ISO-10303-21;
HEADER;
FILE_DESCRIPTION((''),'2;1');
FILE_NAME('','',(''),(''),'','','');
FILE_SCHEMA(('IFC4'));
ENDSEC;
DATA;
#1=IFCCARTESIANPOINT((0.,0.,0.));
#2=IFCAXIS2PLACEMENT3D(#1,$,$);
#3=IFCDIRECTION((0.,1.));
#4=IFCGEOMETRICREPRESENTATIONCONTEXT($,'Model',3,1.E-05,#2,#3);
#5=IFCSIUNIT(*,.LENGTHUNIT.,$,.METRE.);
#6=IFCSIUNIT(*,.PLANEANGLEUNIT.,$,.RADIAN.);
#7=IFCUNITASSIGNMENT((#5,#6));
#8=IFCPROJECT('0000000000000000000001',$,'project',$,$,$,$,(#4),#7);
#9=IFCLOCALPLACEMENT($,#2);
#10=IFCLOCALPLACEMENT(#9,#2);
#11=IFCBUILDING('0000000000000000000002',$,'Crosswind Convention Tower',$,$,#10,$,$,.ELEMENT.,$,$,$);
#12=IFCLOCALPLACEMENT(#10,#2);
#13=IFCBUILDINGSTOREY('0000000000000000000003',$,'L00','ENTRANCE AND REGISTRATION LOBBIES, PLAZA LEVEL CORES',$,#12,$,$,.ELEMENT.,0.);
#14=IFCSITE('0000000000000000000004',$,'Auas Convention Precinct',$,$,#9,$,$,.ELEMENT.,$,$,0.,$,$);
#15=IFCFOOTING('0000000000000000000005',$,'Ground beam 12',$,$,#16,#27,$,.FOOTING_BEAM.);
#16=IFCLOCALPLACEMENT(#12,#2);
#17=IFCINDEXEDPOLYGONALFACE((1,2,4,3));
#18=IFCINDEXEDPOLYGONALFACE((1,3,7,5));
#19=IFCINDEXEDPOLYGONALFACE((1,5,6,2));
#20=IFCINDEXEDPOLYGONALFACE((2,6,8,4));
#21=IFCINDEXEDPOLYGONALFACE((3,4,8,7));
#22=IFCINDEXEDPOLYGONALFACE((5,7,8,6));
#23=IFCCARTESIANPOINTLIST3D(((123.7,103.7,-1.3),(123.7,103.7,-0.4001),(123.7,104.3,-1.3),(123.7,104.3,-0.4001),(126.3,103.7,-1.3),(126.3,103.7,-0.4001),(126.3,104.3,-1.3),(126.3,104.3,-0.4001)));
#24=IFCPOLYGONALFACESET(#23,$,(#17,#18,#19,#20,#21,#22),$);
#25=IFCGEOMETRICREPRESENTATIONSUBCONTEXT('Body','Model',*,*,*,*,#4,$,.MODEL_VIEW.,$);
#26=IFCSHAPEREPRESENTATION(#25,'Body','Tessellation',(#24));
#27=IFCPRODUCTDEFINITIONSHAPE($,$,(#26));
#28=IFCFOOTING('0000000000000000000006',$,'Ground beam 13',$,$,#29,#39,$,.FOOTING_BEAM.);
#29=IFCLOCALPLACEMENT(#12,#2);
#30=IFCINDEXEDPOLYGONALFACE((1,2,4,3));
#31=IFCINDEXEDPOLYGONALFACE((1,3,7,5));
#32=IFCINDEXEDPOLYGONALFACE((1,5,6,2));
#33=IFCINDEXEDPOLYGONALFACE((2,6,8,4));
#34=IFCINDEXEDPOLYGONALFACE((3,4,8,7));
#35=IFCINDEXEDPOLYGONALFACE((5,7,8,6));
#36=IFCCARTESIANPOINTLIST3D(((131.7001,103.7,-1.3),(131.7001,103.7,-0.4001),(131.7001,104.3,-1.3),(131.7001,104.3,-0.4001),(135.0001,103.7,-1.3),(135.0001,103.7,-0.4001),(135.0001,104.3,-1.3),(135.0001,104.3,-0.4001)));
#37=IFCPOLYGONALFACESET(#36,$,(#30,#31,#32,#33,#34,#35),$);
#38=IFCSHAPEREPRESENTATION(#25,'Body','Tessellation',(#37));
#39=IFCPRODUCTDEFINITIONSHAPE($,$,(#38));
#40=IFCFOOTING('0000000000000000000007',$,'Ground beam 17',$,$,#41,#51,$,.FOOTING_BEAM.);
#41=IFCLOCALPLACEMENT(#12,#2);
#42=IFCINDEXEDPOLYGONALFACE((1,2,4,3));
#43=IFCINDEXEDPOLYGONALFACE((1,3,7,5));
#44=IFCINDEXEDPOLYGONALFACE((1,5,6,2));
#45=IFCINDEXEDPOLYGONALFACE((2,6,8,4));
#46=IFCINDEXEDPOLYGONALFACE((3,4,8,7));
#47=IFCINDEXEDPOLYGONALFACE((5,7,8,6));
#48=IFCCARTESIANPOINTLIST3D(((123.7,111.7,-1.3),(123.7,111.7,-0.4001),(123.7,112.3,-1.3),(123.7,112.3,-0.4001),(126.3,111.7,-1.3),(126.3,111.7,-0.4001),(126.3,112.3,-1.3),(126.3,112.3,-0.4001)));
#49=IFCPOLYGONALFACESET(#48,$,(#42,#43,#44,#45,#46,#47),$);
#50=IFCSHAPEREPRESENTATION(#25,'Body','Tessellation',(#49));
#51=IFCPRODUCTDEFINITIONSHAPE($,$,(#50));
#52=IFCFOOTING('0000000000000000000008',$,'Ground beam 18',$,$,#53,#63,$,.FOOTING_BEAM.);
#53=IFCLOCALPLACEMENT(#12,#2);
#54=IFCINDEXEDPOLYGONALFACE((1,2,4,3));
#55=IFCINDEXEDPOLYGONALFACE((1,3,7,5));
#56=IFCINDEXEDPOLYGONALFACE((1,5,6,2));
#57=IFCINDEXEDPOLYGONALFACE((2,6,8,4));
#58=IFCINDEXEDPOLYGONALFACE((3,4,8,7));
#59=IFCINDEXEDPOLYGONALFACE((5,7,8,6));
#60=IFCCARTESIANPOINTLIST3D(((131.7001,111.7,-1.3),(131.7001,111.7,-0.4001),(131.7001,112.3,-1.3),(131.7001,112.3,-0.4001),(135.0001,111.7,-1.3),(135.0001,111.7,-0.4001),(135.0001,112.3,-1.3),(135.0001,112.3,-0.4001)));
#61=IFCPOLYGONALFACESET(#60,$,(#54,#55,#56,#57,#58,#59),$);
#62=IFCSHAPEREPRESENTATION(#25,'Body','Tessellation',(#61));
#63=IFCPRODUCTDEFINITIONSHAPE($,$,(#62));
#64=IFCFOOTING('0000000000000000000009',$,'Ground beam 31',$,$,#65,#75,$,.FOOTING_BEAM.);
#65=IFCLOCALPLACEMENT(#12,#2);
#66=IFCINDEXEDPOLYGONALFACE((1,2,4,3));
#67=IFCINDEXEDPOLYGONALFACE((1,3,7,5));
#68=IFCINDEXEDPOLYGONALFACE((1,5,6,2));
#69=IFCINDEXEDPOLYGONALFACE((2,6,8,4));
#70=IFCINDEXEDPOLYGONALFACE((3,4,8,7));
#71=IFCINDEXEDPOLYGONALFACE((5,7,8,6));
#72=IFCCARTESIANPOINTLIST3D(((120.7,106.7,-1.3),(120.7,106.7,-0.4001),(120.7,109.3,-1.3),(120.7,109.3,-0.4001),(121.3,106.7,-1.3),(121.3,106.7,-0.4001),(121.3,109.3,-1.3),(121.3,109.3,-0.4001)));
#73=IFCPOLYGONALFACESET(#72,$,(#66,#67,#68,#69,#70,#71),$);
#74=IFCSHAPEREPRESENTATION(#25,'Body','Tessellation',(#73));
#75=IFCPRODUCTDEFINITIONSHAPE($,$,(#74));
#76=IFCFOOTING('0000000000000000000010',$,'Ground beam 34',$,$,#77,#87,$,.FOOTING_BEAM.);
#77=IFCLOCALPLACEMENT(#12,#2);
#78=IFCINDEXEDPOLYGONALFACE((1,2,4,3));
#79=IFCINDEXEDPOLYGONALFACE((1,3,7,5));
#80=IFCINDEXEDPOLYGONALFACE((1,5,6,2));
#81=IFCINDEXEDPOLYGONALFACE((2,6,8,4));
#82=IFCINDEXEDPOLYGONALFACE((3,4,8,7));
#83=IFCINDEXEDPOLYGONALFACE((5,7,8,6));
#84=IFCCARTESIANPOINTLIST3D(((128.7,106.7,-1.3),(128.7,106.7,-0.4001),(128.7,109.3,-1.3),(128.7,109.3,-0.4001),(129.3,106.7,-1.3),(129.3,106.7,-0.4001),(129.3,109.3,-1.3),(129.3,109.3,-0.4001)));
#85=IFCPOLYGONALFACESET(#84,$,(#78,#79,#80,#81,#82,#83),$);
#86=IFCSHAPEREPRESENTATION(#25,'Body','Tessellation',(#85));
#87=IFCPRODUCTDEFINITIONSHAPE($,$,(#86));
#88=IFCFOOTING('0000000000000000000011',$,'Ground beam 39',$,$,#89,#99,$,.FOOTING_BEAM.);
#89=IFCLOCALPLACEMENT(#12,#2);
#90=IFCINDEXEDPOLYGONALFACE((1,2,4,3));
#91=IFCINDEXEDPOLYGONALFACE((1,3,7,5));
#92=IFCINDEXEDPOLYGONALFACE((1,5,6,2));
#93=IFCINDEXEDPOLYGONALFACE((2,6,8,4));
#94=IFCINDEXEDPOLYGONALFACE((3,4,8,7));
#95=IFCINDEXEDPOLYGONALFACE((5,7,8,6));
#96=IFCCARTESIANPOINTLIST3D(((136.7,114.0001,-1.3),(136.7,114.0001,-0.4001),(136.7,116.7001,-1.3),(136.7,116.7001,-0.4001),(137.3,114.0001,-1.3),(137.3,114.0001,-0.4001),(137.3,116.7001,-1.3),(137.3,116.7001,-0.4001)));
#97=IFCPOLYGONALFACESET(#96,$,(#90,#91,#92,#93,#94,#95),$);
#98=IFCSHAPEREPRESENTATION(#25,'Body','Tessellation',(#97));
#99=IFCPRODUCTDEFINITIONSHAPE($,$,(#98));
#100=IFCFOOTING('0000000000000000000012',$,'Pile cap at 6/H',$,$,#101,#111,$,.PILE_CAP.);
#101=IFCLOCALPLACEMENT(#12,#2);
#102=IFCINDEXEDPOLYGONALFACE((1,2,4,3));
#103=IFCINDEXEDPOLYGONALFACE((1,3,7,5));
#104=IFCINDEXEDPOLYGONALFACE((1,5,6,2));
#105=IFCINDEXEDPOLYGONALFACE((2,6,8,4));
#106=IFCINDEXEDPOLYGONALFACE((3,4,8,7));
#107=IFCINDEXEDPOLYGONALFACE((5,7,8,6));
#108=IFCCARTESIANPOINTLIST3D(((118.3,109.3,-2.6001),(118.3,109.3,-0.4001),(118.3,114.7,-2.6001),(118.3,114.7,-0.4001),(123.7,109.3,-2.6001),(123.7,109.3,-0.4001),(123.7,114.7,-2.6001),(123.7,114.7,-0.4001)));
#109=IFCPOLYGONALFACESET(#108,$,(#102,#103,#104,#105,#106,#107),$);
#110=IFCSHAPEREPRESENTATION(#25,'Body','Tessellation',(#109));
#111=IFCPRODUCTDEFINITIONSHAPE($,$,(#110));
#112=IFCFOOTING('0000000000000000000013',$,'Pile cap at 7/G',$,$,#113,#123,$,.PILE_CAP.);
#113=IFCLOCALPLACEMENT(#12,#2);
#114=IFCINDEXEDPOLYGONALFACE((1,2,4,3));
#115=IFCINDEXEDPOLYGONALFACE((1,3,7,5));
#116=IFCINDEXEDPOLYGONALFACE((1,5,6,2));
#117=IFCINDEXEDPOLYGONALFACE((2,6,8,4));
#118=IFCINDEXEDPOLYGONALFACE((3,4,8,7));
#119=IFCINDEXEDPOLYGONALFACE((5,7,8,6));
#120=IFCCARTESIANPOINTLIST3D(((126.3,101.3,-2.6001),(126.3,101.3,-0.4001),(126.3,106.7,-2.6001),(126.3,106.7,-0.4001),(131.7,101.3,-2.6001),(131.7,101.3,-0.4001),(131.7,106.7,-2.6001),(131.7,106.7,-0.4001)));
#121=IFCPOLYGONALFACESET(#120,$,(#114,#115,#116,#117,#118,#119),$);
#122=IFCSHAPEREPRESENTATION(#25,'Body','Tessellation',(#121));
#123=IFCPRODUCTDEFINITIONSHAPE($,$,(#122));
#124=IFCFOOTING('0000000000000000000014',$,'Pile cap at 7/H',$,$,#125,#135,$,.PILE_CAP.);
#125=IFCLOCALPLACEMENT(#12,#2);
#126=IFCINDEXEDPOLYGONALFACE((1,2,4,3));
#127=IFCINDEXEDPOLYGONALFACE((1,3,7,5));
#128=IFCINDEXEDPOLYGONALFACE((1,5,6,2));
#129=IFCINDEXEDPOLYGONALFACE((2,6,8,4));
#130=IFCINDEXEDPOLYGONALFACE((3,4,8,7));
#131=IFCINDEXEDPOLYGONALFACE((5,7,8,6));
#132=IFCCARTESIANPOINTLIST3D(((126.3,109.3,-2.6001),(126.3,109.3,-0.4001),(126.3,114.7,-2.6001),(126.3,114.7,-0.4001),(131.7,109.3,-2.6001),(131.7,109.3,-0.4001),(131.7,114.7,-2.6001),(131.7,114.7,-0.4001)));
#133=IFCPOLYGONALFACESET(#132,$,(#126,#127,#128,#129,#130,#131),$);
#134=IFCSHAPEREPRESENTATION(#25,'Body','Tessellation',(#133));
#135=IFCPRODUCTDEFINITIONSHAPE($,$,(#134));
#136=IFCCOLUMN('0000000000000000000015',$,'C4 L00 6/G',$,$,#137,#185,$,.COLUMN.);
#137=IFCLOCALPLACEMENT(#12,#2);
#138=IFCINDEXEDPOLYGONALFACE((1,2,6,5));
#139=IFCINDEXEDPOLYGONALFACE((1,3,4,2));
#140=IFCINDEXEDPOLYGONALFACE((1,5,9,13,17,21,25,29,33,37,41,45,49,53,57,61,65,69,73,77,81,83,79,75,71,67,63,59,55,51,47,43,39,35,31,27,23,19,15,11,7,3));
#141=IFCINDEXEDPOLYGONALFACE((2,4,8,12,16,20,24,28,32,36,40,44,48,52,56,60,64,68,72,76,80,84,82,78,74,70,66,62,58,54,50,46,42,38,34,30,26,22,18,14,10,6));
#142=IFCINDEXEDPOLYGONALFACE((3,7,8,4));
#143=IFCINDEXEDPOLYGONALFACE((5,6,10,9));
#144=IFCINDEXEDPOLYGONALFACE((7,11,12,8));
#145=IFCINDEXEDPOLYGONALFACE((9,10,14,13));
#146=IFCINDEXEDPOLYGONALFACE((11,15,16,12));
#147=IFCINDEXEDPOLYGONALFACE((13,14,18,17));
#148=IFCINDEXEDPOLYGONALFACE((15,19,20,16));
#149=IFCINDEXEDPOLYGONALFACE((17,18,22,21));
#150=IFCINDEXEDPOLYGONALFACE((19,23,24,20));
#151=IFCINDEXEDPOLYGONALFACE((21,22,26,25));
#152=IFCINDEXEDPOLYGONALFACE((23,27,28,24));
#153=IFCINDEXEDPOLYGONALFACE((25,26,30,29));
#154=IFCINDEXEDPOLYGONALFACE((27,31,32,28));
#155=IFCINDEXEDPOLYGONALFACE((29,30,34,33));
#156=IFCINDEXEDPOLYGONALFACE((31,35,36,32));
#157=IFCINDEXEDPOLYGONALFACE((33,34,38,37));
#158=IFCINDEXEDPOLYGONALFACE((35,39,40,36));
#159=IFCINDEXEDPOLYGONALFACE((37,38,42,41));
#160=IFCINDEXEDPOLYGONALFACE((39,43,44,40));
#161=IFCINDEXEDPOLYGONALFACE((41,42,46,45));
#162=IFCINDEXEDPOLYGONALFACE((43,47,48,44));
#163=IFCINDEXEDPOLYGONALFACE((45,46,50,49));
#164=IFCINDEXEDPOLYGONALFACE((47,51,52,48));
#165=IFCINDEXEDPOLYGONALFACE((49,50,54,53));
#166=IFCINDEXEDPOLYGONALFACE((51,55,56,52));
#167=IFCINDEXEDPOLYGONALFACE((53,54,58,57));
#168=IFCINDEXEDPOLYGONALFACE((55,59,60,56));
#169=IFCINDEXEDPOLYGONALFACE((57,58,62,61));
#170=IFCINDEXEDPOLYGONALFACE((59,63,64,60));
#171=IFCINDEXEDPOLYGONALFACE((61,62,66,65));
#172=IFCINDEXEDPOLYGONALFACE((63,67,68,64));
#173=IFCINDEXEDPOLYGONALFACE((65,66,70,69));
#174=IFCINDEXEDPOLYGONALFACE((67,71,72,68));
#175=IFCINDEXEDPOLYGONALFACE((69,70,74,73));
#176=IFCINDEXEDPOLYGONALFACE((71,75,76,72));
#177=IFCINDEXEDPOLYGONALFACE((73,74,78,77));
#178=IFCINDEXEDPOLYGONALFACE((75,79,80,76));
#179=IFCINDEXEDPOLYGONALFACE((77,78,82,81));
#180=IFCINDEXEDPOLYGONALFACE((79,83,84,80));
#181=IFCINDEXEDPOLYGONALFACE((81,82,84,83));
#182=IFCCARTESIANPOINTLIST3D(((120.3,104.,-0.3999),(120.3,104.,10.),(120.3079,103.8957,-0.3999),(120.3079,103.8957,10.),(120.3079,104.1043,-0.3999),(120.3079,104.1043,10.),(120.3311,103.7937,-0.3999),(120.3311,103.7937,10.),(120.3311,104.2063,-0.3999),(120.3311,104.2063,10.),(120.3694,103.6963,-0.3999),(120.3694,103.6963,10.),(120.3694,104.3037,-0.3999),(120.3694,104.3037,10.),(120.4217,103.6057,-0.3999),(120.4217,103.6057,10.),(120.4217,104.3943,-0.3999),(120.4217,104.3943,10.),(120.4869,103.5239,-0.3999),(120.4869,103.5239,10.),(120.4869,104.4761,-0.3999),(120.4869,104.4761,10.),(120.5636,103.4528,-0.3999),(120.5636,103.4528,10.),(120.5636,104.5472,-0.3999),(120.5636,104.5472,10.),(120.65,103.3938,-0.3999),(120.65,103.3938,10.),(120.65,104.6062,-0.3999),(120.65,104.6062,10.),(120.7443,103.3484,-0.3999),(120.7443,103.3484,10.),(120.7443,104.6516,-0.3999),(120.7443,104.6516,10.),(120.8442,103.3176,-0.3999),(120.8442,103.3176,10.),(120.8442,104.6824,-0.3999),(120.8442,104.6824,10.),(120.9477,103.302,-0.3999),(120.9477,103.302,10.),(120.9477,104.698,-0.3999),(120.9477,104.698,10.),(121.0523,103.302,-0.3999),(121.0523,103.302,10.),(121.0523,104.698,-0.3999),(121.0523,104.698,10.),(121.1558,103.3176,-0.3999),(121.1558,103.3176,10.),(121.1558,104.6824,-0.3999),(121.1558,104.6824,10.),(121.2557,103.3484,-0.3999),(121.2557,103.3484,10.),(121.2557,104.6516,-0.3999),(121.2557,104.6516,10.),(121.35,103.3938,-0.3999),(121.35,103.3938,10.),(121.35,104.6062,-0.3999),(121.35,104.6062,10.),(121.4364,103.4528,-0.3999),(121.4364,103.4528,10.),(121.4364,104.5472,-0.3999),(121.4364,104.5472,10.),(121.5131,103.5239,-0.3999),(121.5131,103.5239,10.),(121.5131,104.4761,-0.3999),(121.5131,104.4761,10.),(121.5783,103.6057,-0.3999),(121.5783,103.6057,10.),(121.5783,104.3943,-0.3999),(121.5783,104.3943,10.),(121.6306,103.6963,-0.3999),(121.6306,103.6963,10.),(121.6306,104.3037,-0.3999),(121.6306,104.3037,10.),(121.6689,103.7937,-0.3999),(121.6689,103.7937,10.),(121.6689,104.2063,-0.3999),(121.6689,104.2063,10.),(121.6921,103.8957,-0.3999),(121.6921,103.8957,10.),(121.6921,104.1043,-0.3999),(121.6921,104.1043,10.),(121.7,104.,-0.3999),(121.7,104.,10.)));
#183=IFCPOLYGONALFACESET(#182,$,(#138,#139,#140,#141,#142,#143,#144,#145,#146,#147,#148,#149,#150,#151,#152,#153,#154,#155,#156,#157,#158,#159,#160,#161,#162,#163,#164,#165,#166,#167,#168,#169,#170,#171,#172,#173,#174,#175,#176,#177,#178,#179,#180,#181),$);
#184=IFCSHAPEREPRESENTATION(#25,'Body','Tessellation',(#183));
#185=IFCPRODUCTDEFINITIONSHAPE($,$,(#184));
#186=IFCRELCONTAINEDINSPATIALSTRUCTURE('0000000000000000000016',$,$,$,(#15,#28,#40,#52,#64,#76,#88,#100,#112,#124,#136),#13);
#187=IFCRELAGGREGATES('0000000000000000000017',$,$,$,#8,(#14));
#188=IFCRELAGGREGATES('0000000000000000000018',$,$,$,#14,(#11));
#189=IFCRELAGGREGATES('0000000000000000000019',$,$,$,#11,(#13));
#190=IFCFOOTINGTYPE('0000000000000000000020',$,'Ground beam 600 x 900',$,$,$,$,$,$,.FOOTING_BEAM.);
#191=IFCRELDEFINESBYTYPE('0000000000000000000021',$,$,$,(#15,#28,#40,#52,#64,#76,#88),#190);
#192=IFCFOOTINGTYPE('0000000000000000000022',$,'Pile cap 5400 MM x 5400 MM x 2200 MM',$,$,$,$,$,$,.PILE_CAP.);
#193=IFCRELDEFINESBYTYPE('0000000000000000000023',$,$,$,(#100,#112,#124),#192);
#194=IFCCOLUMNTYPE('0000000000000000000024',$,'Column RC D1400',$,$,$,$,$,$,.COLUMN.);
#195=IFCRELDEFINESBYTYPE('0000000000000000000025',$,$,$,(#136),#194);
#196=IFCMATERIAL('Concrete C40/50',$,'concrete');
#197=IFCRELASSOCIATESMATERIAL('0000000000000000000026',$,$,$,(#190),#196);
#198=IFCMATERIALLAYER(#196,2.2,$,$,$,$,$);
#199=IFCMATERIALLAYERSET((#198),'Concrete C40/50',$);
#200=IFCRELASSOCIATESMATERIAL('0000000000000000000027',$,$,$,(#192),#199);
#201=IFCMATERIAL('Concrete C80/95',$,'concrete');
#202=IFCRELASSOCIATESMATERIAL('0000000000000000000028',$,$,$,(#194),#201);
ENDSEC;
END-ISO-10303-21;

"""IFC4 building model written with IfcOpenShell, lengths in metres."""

from ifc_helpers import new_model, si_unit, direction, frame, origin, origin_2d, place, context, subcontext, project, spatial, rectangle, circle, extrude, material, layer, layer_set, material_profile, profile_set, type_object, element, save


model = new_model("IFC4")

# Units and contexts
model_context = context("Model", 3, precision=1e-05, world=origin(), true_north=direction((0.0, 1.0)))
body_context = subcontext(model_context, "Body", "Model", "MODEL_VIEW")
ifc_project = project(units=[si_unit("LENGTHUNIT", "METRE"), si_unit("PLANEANGLEUNIT", "RADIAN")], contexts=[model_context])

# Site, building, storey
site_placement = place(None, origin())
site = spatial("IfcSite", under=ifc_project, at=site_placement, Name="Auas Convention Precinct", CompositionType="ELEMENT", RefElevation=0.0)
building_placement = place(site_placement, origin())
building = spatial("IfcBuilding", under=site, at=building_placement, Name="Crosswind Convention Tower", CompositionType="ELEMENT")
storey_placement = place(building_placement, origin())
storey = spatial("IfcBuildingStorey", under=building, at=storey_placement, Name="L00", Description="ENTRANCE AND REGISTRATION LOBBIES, PLAZA LEVEL CORES", CompositionType="ELEMENT", Elevation=0.0)

# Shared definitions
ifc_material_1 = material(Name="Concrete C40/50", Category="concrete")

# Footings
footing_type_1 = type_object("IfcFootingType", Name="Ground beam 600 x 900", PredefinedType="FOOTING_BEAM", material=ifc_material_1)
footing_1_placement = place(storey_placement, frame((125.0, 104.0, -1.3), z_axis=(0.0, 0.0, 1.0), x_axis=(1.0, 0.0, 0.0)))
element("IfcFooting", 1, at=footing_1_placement, inside=storey, type_object=footing_type_1, Name="Ground beam 12", PredefinedType="FOOTING_BEAM", context=body_context, shape_type="SweptSolid", body=[
    extrude(rectangle(XDim=2.6001, YDim=0.6001, at=origin_2d()), origin(), (0.0, 0.0, 1.0), 0.8999),
])
footing_2_placement = place(storey_placement, frame((133.3501, 104.0, -1.3), z_axis=(0.0, 0.0, 1.0), x_axis=(1.0, 0.0, 0.0)))
element("IfcFooting", 2, at=footing_2_placement, inside=storey, type_object=footing_type_1, Name="Ground beam 13", PredefinedType="FOOTING_BEAM", context=body_context, shape_type="SweptSolid", body=[
    extrude(rectangle(XDim=3.3, YDim=0.6001, at=origin_2d()), origin(), (0.0, 0.0, 1.0), 0.8999),
])
footing_3_placement = place(storey_placement, frame((125.0, 112.0, -1.3), z_axis=(0.0, 0.0, 1.0), x_axis=(1.0, 0.0, 0.0)))
element("IfcFooting", 3, at=footing_3_placement, inside=storey, type_object=footing_type_1, Name="Ground beam 17", PredefinedType="FOOTING_BEAM", context=body_context, shape_type="SweptSolid", body=[
    extrude(rectangle(XDim=2.6001, YDim=0.6001, at=origin_2d()), origin(), (0.0, 0.0, 1.0), 0.8999),
])
footing_4_placement = place(storey_placement, frame((133.3501, 112.0, -1.3), z_axis=(0.0, 0.0, 1.0), x_axis=(1.0, 0.0, 0.0)))
element("IfcFooting", 4, at=footing_4_placement, inside=storey, type_object=footing_type_1, Name="Ground beam 18", PredefinedType="FOOTING_BEAM", context=body_context, shape_type="SweptSolid", body=[
    extrude(rectangle(XDim=3.3, YDim=0.6001, at=origin_2d()), origin(), (0.0, 0.0, 1.0), 0.8999),
])
for number, where, z_axis, x_axis, name in (
    (5, (121.0, 108.0, -1.3), (0.0, 0.0, 1.0), (1.0, 0.0, 0.0), "Ground beam 31"),
    (6, (129.0, 108.0, -1.3), (0.0, 0.0, 1.0), (1.0, 0.0, 0.0), "Ground beam 34"),
):
    element("IfcFooting", number, at=place(storey_placement, frame(where, z_axis=z_axis, x_axis=x_axis)), inside=storey, type_object=footing_type_1, Name=name, PredefinedType="FOOTING_BEAM", context=body_context, shape_type="SweptSolid", body=[
        extrude(rectangle(XDim=0.6001, YDim=2.6001, at=origin_2d()), origin(), (0.0, 0.0, 1.0), 0.8999),
    ])
footing_5_placement = place(storey_placement, frame((137.0, 115.3501, -1.3), z_axis=(0.0, 0.0, 1.0), x_axis=(1.0, 0.0, 0.0)))
element("IfcFooting", 7, at=footing_5_placement, inside=storey, type_object=footing_type_1, Name="Ground beam 39", PredefinedType="FOOTING_BEAM", context=body_context, shape_type="SweptSolid", body=[
    extrude(rectangle(XDim=0.6001, YDim=2.7, at=origin_2d()), origin(), (0.0, 0.0, 1.0), 0.8999),
])
ifc_layer_1 = layer(ifc_material_1, 2.2)
ifc_layer_set_1 = layer_set([ifc_layer_1], Name="Concrete C40/50")
footing_type_2 = type_object("IfcFootingType", Name="Pile cap 5400 MM x 5400 MM x 2200 MM", PredefinedType="PILE_CAP", material=ifc_layer_set_1)
for number, where, z_axis, x_axis, name in (
    (8, (121.0, 112.0, -2.6001), (0.0, 0.0, 1.0), (1.0, 0.0, 0.0), "Pile cap at 6/H"),
    (9, (129.0, 104.0, -2.6001), (0.0, 0.0, 1.0), (1.0, 0.0, 0.0), "Pile cap at 7/G"),
    (10, (129.0, 112.0, -2.6001), (0.0, 0.0, 1.0), (1.0, 0.0, 0.0), "Pile cap at 7/H"),
):
    element("IfcFooting", number, at=place(storey_placement, frame(where, z_axis=z_axis, x_axis=x_axis)), inside=storey, type_object=footing_type_2, Name=name, PredefinedType="PILE_CAP", context=body_context, shape_type="SweptSolid", body=[
        extrude(rectangle(XDim=5.3999, YDim=5.3999, at=origin_2d()), origin(), (0.0, 0.0, 1.0), 2.2),
    ])

# Column
ifc_material_2 = material(Name="Concrete C80/95", Category="concrete")
ifc_material_profile_1 = material_profile(ifc_material_2, circle(Radius=0.7, at=origin_2d()), Name="RC D1400")
ifc_profile_set_1 = profile_set([ifc_material_profile_1], Name="Concrete C80/95")
column_type = type_object("IfcColumnType", Name="Column RC D1400", PredefinedType="COLUMN", material=ifc_profile_set_1)
for number, where, z_axis, x_axis, name in (
    (11, (121.0, 104.0, -0.3999), (0.0, 0.0, 1.0), (1.0, 0.0, 0.0), "C4 L00 6/G"),
):
    element("IfcColumn", number, at=place(storey_placement, frame(where, z_axis=z_axis, x_axis=x_axis)), inside=storey, type_object=column_type, Name=name, PredefinedType="COLUMN", context=body_context, shape_type="SweptSolid", body=[
        extrude(circle(Radius=0.7, at=origin_2d()), origin(), (0.0, 0.0, 1.0), 10.3999),
    ])

save(model, "model.ifc")
